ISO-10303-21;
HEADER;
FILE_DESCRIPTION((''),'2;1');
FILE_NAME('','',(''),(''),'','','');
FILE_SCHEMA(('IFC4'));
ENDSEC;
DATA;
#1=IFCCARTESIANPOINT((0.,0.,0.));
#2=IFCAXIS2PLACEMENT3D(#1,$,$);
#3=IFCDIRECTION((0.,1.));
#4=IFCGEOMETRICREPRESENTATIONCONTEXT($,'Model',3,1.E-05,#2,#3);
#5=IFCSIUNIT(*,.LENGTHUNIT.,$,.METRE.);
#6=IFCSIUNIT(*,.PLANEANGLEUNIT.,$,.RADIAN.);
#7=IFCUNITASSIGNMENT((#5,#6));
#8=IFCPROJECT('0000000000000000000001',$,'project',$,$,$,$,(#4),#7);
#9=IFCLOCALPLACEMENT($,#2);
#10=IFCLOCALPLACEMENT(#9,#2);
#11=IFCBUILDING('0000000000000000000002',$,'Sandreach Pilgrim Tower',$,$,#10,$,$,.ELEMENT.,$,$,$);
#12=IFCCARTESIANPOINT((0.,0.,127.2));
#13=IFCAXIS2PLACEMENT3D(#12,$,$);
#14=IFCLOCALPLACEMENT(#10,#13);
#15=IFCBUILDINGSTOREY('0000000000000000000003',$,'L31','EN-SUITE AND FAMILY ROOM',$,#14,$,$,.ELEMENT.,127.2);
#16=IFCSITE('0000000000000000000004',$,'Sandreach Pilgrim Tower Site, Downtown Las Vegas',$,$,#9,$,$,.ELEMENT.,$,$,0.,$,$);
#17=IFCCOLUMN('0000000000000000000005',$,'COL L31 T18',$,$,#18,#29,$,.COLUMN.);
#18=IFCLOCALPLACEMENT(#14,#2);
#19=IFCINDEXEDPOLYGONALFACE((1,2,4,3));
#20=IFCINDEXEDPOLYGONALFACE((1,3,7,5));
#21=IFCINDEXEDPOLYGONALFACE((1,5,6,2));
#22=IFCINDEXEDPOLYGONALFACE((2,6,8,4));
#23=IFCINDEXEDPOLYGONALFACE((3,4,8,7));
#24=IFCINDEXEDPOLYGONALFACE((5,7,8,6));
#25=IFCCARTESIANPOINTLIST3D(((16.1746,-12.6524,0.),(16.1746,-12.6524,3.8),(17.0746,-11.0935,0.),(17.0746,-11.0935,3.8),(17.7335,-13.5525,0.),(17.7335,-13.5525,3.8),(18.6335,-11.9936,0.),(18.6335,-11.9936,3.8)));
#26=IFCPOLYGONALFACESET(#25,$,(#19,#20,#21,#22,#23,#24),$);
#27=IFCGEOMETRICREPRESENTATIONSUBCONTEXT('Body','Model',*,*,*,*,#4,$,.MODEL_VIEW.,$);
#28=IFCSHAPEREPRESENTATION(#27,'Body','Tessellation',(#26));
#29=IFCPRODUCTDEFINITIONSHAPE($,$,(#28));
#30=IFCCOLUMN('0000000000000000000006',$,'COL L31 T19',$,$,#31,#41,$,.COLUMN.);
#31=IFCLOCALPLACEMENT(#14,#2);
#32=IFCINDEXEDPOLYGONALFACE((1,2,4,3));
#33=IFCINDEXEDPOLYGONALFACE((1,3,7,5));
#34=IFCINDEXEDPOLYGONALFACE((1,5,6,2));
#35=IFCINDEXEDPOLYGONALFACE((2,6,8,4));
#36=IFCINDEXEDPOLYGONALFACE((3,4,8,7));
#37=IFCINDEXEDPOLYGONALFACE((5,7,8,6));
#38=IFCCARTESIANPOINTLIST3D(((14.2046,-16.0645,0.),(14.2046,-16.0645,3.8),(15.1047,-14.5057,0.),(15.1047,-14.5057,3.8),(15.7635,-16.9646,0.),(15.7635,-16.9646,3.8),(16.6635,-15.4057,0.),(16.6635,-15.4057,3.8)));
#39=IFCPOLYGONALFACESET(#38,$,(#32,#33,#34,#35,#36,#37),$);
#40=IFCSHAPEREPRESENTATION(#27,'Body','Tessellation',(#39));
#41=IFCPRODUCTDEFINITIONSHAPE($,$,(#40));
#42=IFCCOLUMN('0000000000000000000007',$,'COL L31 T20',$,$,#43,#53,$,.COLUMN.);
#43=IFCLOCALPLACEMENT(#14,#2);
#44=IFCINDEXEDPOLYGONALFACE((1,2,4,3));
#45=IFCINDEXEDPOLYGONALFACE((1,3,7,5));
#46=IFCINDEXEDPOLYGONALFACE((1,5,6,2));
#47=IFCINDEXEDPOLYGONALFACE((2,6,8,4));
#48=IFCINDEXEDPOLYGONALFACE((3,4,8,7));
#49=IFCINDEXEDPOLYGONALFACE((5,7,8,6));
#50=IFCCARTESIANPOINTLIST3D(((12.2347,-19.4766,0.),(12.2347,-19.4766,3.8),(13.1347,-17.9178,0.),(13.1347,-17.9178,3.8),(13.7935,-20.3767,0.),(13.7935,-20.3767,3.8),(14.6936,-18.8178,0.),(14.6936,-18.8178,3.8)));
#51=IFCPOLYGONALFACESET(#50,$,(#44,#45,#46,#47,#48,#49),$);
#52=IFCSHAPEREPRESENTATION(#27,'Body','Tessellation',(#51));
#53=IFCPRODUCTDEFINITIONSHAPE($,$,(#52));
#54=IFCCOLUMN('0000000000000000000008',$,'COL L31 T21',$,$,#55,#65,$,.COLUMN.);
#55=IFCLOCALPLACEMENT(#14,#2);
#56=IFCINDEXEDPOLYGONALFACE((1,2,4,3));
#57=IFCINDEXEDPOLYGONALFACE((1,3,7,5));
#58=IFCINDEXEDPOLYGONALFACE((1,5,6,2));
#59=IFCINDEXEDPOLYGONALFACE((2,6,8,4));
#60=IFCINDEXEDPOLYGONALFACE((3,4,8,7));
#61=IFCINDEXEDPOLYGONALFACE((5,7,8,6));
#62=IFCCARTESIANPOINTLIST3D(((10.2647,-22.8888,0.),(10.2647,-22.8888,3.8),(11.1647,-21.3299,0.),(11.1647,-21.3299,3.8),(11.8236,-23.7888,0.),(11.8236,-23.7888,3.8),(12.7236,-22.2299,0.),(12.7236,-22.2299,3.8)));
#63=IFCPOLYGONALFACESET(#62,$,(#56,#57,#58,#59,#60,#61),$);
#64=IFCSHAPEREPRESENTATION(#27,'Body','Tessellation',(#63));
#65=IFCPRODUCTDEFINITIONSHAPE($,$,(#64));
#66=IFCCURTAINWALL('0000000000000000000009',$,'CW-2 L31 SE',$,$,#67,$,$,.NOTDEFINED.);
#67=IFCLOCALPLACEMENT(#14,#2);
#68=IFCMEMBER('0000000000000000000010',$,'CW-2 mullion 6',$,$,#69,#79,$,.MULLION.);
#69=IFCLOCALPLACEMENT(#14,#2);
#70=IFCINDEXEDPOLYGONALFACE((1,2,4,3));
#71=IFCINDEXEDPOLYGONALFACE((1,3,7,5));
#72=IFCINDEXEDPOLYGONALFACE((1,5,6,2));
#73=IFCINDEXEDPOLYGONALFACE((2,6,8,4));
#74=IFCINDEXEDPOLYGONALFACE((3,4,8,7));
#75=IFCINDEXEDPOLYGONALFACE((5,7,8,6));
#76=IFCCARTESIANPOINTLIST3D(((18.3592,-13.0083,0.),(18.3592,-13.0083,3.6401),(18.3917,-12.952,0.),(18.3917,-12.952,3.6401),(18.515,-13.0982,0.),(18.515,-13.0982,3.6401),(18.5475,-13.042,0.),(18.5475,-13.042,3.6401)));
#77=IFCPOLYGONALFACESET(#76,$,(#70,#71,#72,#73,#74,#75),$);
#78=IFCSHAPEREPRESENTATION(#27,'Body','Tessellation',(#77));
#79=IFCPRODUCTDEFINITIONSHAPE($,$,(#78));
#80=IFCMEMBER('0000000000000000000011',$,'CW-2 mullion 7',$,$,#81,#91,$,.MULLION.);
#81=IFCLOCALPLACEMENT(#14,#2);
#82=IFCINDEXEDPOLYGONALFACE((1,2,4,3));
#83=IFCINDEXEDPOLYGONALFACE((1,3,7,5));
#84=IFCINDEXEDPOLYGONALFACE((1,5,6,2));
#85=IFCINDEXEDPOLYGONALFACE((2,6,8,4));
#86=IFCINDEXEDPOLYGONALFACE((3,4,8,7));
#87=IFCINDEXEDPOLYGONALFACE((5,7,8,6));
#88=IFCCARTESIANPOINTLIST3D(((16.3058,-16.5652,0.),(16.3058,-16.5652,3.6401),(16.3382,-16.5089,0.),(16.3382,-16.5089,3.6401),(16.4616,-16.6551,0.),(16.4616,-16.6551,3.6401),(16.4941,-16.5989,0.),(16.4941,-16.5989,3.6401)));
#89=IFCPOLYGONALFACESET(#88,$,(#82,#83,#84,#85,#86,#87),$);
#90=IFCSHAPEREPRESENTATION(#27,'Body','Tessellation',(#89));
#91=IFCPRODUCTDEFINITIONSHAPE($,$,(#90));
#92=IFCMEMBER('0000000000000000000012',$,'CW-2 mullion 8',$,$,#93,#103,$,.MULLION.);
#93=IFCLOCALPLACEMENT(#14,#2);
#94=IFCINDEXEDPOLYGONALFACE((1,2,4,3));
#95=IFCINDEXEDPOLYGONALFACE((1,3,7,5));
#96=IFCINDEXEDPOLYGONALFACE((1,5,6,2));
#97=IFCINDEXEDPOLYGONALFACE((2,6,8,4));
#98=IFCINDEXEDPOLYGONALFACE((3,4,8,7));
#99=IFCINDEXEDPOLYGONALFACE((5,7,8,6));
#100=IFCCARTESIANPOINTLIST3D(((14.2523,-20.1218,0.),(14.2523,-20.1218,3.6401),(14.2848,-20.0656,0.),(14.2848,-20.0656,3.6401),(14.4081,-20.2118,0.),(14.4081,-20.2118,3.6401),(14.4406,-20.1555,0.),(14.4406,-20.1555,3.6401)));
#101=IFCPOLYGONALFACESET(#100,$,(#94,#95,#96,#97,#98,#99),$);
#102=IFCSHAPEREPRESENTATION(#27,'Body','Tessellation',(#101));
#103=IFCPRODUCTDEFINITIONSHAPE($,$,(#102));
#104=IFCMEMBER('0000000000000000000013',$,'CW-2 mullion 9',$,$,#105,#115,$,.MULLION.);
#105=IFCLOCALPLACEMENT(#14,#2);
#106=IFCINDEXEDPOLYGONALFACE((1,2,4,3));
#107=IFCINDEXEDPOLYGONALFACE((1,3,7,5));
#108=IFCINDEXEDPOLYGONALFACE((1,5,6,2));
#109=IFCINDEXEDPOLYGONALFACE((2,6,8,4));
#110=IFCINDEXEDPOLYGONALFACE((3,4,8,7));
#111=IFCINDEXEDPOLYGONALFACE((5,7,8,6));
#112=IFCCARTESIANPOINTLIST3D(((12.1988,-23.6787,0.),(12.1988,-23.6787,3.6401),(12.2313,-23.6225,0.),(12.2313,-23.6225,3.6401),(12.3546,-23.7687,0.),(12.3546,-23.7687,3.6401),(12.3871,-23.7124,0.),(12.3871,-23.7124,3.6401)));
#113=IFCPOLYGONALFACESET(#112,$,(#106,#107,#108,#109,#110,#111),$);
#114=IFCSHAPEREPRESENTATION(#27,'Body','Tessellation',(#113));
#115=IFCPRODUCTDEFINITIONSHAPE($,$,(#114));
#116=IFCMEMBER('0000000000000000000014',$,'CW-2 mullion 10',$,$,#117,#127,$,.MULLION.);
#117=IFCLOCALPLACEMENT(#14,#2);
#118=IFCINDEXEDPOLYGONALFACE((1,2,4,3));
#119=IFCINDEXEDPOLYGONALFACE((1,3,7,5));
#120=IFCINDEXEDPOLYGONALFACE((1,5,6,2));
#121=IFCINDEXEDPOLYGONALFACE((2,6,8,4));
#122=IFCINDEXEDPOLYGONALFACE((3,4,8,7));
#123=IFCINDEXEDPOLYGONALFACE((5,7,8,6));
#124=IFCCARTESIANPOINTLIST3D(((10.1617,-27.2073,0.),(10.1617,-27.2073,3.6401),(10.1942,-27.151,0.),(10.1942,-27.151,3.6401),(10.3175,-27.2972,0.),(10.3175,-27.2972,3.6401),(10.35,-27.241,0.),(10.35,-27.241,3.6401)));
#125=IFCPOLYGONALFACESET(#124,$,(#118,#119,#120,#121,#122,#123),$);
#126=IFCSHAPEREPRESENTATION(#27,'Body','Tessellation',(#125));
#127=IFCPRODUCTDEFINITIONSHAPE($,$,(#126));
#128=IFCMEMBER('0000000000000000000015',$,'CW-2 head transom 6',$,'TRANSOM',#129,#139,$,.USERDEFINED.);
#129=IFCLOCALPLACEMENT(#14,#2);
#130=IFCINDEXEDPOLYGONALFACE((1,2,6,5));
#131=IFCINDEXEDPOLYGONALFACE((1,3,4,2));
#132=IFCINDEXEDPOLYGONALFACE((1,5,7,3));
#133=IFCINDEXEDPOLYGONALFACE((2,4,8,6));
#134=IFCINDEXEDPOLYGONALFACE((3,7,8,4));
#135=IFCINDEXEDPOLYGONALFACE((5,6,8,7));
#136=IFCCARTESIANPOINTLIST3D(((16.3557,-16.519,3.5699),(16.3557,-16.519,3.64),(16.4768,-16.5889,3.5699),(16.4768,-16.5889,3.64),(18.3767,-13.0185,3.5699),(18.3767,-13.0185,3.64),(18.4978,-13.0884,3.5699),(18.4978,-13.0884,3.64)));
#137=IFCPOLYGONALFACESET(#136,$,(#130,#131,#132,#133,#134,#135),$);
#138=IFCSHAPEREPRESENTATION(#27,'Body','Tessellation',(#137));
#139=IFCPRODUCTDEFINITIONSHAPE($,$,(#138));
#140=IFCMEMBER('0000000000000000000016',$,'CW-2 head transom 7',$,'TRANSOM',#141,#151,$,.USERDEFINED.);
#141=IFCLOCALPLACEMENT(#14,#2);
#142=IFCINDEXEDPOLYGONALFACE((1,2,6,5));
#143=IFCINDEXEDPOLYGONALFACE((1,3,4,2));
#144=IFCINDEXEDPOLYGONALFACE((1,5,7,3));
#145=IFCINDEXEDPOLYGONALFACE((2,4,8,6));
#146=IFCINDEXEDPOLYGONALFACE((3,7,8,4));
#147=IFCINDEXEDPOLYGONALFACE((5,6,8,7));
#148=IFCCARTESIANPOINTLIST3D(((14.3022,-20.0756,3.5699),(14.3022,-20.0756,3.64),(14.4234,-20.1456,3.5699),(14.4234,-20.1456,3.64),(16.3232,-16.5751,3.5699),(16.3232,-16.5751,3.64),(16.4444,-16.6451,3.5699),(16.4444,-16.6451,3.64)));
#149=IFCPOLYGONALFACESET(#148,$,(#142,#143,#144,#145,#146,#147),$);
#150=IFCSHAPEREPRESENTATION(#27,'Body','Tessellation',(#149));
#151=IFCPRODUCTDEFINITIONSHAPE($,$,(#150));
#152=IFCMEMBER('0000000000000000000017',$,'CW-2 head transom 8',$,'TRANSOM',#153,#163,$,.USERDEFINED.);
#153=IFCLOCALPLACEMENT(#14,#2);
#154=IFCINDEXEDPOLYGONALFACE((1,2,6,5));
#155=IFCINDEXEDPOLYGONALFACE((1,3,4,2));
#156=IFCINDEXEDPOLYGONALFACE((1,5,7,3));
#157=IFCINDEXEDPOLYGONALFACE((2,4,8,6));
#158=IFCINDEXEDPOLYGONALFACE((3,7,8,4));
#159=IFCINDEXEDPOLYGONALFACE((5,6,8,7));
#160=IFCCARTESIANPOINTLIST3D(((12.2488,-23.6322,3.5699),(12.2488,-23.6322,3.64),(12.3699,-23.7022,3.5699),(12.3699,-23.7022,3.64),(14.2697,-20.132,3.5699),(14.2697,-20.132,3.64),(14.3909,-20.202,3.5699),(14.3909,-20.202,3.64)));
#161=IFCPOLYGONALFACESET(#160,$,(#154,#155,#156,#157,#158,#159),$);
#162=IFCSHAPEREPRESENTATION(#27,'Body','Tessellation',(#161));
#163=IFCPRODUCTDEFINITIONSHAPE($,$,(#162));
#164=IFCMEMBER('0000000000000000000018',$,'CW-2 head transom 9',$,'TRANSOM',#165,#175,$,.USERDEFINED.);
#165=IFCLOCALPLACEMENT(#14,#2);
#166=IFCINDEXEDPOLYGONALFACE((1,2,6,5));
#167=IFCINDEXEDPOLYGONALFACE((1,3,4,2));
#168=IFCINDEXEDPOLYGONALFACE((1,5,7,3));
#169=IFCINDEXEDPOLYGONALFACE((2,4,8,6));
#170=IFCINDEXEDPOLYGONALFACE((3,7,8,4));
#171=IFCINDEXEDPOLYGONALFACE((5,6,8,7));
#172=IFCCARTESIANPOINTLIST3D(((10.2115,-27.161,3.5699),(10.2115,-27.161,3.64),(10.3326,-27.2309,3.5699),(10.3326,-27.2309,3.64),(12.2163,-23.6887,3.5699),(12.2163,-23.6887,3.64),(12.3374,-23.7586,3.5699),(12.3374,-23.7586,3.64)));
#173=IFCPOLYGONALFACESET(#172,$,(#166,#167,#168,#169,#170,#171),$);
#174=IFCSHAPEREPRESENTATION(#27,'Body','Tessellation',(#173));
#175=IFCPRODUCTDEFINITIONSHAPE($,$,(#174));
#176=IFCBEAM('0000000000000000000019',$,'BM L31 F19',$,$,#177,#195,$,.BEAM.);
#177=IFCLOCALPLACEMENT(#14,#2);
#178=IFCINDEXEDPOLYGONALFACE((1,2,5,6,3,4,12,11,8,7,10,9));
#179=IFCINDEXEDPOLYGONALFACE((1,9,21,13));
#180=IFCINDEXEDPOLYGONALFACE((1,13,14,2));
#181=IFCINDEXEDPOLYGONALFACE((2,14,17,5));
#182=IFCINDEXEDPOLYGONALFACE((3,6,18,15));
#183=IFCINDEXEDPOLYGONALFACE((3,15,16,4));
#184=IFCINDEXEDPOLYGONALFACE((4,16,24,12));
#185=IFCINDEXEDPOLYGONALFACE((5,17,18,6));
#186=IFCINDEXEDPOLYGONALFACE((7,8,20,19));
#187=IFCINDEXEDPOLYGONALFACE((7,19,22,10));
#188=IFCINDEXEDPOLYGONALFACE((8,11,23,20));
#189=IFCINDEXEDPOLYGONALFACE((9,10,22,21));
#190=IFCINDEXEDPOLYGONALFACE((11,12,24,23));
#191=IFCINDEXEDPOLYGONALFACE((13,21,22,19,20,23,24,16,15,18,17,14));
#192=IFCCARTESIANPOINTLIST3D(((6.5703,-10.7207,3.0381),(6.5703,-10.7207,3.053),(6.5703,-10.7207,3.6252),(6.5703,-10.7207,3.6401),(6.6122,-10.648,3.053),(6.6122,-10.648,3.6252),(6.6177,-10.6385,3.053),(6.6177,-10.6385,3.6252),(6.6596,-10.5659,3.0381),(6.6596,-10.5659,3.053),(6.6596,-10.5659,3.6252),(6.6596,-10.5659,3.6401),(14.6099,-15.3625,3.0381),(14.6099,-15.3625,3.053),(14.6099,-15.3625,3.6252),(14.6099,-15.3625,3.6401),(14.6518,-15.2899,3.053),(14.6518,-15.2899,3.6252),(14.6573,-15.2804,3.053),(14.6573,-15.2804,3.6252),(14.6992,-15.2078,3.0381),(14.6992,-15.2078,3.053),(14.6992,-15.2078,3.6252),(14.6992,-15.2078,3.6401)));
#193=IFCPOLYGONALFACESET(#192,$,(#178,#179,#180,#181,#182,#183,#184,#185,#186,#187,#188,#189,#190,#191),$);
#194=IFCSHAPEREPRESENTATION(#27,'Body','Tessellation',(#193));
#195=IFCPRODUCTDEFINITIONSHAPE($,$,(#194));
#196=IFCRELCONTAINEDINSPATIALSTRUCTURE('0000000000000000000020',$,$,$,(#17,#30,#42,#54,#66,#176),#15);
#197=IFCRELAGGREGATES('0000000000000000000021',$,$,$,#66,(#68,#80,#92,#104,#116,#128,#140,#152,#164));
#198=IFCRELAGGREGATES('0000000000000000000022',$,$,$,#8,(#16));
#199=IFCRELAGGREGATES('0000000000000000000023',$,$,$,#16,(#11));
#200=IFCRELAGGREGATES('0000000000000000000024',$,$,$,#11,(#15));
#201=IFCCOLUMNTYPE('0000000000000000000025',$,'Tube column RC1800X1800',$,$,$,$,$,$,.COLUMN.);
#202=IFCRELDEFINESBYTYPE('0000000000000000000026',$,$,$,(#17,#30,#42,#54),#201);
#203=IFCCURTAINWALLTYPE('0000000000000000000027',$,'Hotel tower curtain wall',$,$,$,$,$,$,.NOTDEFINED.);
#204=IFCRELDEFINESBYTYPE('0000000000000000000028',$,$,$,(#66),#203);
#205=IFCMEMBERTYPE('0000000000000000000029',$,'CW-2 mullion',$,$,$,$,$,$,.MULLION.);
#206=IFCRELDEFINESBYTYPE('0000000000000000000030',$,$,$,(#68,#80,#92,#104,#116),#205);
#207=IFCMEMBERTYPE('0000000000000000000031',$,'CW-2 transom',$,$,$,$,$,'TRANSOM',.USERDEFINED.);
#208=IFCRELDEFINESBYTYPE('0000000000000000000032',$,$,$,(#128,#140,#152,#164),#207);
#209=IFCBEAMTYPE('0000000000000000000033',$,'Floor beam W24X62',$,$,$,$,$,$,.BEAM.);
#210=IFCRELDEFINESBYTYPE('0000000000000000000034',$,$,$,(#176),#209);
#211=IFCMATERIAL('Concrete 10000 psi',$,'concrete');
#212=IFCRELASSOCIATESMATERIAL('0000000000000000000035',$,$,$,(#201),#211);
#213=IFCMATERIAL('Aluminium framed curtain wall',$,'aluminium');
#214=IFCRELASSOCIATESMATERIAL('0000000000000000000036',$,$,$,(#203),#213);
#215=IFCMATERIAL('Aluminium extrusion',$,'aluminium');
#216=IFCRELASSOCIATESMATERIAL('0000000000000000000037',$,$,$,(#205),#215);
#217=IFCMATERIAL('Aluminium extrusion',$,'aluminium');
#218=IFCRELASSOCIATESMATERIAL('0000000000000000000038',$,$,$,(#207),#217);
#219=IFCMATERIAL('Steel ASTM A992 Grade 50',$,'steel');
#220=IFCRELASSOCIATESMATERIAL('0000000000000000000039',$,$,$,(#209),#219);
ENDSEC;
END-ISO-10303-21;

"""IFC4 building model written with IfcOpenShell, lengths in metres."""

from ifc_helpers import new_model, si_unit, direction, frame, origin, origin_2d, place, context, subcontext, project, spatial, rectangle, i_section, extrude, material, material_profile, profile_set, type_object, element, aggregate, save


model = new_model("IFC4")

# Units and contexts
model_context = context("Model", 3, precision=1e-05, world=origin(), true_north=direction((0.0, 1.0)))
body_context = subcontext(model_context, "Body", "Model", "MODEL_VIEW")
ifc_project = project(units=[si_unit("LENGTHUNIT", "METRE"), si_unit("PLANEANGLEUNIT", "RADIAN")], contexts=[model_context])

# Site, building, storey
site_placement = place(None, origin())
site = spatial("IfcSite", under=ifc_project, at=site_placement, Name="Sandreach Pilgrim Tower Site, Downtown Las Vegas", CompositionType="ELEMENT", RefElevation=0.0)
building_placement = place(site_placement, origin())
building = spatial("IfcBuilding", under=site, at=building_placement, Name="Sandreach Pilgrim Tower", CompositionType="ELEMENT")
storey_placement = place(building_placement, frame((0.0, 0.0, 127.2)))
storey = spatial("IfcBuildingStorey", under=building, at=storey_placement, Name="L31", Description="EN-SUITE AND FAMILY ROOM", CompositionType="ELEMENT", Elevation=127.2)

# Columns
ifc_material_1 = material(Name="Concrete 10000 psi", Category="concrete")
ifc_material_profile_1 = material_profile(ifc_material_1, rectangle(XDim=1.8, YDim=1.8, at=origin_2d()), Name="RC1800X1800")
ifc_profile_set_1 = profile_set([ifc_material_profile_1], Name="Concrete 10000 psi")
column_type = type_object("IfcColumnType", Name="Tube column RC1800X1800", PredefinedType="COLUMN", material=ifc_profile_set_1)
for number, where, z_axis, x_axis, name in (
    (1, (17.4041, -12.323, 0.0), (0.0, 0.0, 1.0), (0.866025, -0.5, 0.0), "COL L31 T18"),
    (2, (15.4341, -15.7351, 0.0), (0.0, 0.0, 1.0), (0.866025, -0.5, 0.0), "COL L31 T19"),
    (3, (13.4641, -19.1472, 0.0), (0.0, 0.0, 1.0), (0.866025, -0.5, 0.0), "COL L31 T20"),
    (4, (11.4941, -22.5593, 0.0), (0.0, 0.0, 1.0), (0.866025, -0.5, 0.0), "COL L31 T21"),
):
    element("IfcColumn", number, at=place(storey_placement, frame(where, z_axis=z_axis, x_axis=x_axis)), inside=storey, type_object=column_type, Name=name, PredefinedType="COLUMN", context=body_context, shape_type="SweptSolid", body=[
        extrude(rectangle(XDim=1.8, YDim=1.8, at=origin_2d()), origin(), (0.0, 0.0, 1.0), 3.8),
    ])

# Curtain wall, members
ifc_material_2 = material(Name="Aluminium framed curtain wall", Category="aluminium")
curtain_wall_type = type_object("IfcCurtainWallType", Name="Hotel tower curtain wall", PredefinedType="NOTDEFINED", material=ifc_material_2)
curtain_wall_placement = place(storey_placement, origin())
curtain_wall = element("IfcCurtainWall", 5, at=curtain_wall_placement, inside=storey, type_object=curtain_wall_type, Name="CW-2 L31 SE", PredefinedType="NOTDEFINED")
ifc_material_3 = material(Name="Aluminium extrusion", Category="aluminium")
ifc_material_profile_2 = material_profile(ifc_material_3, rectangle(XDim=0.0649, YDim=0.1799, at=origin_2d()), Name="CW-2M 65X180")
ifc_profile_set_2 = profile_set([ifc_material_profile_2], Name="Aluminium extrusion")
member_type_1 = type_object("IfcMemberType", Name="CW-2 mullion", PredefinedType="MULLION", material=ifc_profile_set_2)
member_1_placement = place(storey_placement, frame((18.4534, -13.0251, 0.0), z_axis=(0.0, 0.0, 1.0), x_axis=(-0.5, -0.866025, 0.0)))
member_1 = element("IfcMember", 6, at=member_1_placement, type_object=member_type_1, Name="CW-2 mullion 6", PredefinedType="MULLION", context=body_context, shape_type="SweptSolid", body=[
    extrude(rectangle(XDim=0.0649, YDim=0.1799, at=origin_2d()), origin(), (0.0, 0.0, 1.0), 3.6401),
])
member_2_placement = place(storey_placement, frame((16.3999, -16.582, 0.0), z_axis=(0.0, 0.0, 1.0), x_axis=(-0.5, -0.866025, 0.0)))
member_2 = element("IfcMember", 7, at=member_2_placement, type_object=member_type_1, Name="CW-2 mullion 7", PredefinedType="MULLION", context=body_context, shape_type="SweptSolid", body=[
    extrude(rectangle(XDim=0.0649, YDim=0.1799, at=origin_2d()), origin(), (0.0, 0.0, 1.0), 3.6401),
])
member_3_placement = place(storey_placement, frame((14.3464, -20.1387, 0.0), z_axis=(0.0, 0.0, 1.0), x_axis=(-0.5, -0.866025, 0.0)))
member_3 = element("IfcMember", 8, at=member_3_placement, type_object=member_type_1, Name="CW-2 mullion 8", PredefinedType="MULLION", context=body_context, shape_type="SweptSolid", body=[
    extrude(rectangle(XDim=0.0649, YDim=0.1799, at=origin_2d()), origin(), (0.0, 0.0, 1.0), 3.6401),
])
member_4_placement = place(storey_placement, frame((12.293, -23.6956, 0.0), z_axis=(0.0, 0.0, 1.0), x_axis=(-0.5, -0.866025, 0.0)))
member_4 = element("IfcMember", 9, at=member_4_placement, type_object=member_type_1, Name="CW-2 mullion 9", PredefinedType="MULLION", context=body_context, shape_type="SweptSolid", body=[
    extrude(rectangle(XDim=0.0649, YDim=0.1799, at=origin_2d()), origin(), (0.0, 0.0, 1.0), 3.6401),
])
member_5_placement = place(storey_placement, frame((10.2559, -27.2241, 0.0), z_axis=(0.0, 0.0, 1.0), x_axis=(-0.5, -0.866025, 0.0)))
member_5 = element("IfcMember", 10, at=member_5_placement, type_object=member_type_1, Name="CW-2 mullion 10", PredefinedType="MULLION", context=body_context, shape_type="SweptSolid", body=[
    extrude(rectangle(XDim=0.0649, YDim=0.1799, at=origin_2d()), origin(), (0.0, 0.0, 1.0), 3.6401),
])
ifc_material_4 = material(Name="Aluminium extrusion", Category="aluminium")
ifc_material_profile_3 = material_profile(ifc_material_4, rectangle(XDim=0.1399, YDim=0.0701, at=origin_2d()), Name="CW-2T 140X70")
ifc_profile_set_3 = profile_set([ifc_material_profile_3], Name="Aluminium extrusion")
member_type_2 = type_object("IfcMemberType", Name="CW-2 transom", ElementType="TRANSOM", PredefinedType="USERDEFINED", material=ifc_profile_set_3)
member_6_placement = place(storey_placement, frame((18.4373, -13.0535, 3.605), z_axis=(-0.499998, -0.866027, 0.0), x_axis=(0.866027, -0.499998, 0.0)))
member_6 = element("IfcMember", 11, at=member_6_placement, type_object=member_type_2, Name="CW-2 head transom 6", ObjectType="TRANSOM", PredefinedType="USERDEFINED", context=body_context, shape_type="SweptSolid", body=[
    extrude(rectangle(XDim=0.1399, YDim=0.0701, at=origin_2d()), origin(), (0.0, 0.0, 1.0), 4.042),
])
member_7_placement = place(storey_placement, frame((16.3838, -16.6101, 3.605), z_axis=(-0.499998, -0.866027, 0.0), x_axis=(0.866027, -0.499998, 0.0)))
member_7 = element("IfcMember", 12, at=member_7_placement, type_object=member_type_2, Name="CW-2 head transom 7", ObjectType="TRANSOM", PredefinedType="USERDEFINED", context=body_context, shape_type="SweptSolid", body=[
    extrude(rectangle(XDim=0.1399, YDim=0.0701, at=origin_2d()), origin(), (0.0, 0.0, 1.0), 4.042),
])
member_8_placement = place(storey_placement, frame((14.3303, -20.167, 3.605), z_axis=(-0.500024, -0.866012, 0.0), x_axis=(0.866012, -0.500024, 0.0)))
member_8 = element("IfcMember", 13, at=member_8_placement, type_object=member_type_2, Name="CW-2 head transom 8", ObjectType="TRANSOM", PredefinedType="USERDEFINED", context=body_context, shape_type="SweptSolid", body=[
    extrude(rectangle(XDim=0.1399, YDim=0.0701, at=origin_2d()), origin(), (0.0, 0.0, 1.0), 4.0417),
])
member_9_placement = place(storey_placement, frame((12.2769, -23.7236, 3.605), z_axis=(-0.500016, -0.866016, 0.0), x_axis=(0.866016, -0.500016, 0.0)))
member_9 = element("IfcMember", 14, at=member_9_placement, type_object=member_type_2, Name="CW-2 head transom 9", ObjectType="TRANSOM", PredefinedType="USERDEFINED", context=body_context, shape_type="SweptSolid", body=[
    extrude(rectangle(XDim=0.1399, YDim=0.0701, at=origin_2d()), origin(), (0.0, 0.0, 1.0), 4.0095),
])

# Beam
ifc_material_5 = material(Name="Steel ASTM A992 Grade 50", Category="steel")
ifc_material_profile_4 = material_profile(ifc_material_5, i_section(OverallWidth=0.1787, OverallDepth=0.6021, WebThickness=0.011, FlangeThickness=0.0149, at=origin_2d()), Name="W24X62")
ifc_profile_set_4 = profile_set([ifc_material_profile_4], Name="Steel ASTM A992 Grade 50")
beam_type_1 = type_object("IfcBeamType", Name="Floor beam W24X62", PredefinedType="BEAM", material=ifc_profile_set_4)
beam_1_placement = place(storey_placement, frame((14.6545, -15.2852, 3.3391), z_axis=(-0.866016, 0.500017, 0.0), x_axis=(-0.500017, -0.866016, 0.0)))
element("IfcBeam", 15, at=beam_1_placement, inside=storey, type_object=beam_type_1, Name="BM L31 F19", PredefinedType="BEAM", context=body_context, shape_type="SweptSolid", body=[
    extrude(i_section(OverallWidth=0.1787, OverallDepth=0.6021, WebThickness=0.011, FlangeThickness=0.0149, at=origin_2d()), origin(), (0.0, 0.0, 1.0), 9.2834),
])

aggregate(curtain_wall, [member_1, member_2, member_3, member_4, member_5, member_6, member_7, member_8, member_9])

save(model, "model.ifc")
